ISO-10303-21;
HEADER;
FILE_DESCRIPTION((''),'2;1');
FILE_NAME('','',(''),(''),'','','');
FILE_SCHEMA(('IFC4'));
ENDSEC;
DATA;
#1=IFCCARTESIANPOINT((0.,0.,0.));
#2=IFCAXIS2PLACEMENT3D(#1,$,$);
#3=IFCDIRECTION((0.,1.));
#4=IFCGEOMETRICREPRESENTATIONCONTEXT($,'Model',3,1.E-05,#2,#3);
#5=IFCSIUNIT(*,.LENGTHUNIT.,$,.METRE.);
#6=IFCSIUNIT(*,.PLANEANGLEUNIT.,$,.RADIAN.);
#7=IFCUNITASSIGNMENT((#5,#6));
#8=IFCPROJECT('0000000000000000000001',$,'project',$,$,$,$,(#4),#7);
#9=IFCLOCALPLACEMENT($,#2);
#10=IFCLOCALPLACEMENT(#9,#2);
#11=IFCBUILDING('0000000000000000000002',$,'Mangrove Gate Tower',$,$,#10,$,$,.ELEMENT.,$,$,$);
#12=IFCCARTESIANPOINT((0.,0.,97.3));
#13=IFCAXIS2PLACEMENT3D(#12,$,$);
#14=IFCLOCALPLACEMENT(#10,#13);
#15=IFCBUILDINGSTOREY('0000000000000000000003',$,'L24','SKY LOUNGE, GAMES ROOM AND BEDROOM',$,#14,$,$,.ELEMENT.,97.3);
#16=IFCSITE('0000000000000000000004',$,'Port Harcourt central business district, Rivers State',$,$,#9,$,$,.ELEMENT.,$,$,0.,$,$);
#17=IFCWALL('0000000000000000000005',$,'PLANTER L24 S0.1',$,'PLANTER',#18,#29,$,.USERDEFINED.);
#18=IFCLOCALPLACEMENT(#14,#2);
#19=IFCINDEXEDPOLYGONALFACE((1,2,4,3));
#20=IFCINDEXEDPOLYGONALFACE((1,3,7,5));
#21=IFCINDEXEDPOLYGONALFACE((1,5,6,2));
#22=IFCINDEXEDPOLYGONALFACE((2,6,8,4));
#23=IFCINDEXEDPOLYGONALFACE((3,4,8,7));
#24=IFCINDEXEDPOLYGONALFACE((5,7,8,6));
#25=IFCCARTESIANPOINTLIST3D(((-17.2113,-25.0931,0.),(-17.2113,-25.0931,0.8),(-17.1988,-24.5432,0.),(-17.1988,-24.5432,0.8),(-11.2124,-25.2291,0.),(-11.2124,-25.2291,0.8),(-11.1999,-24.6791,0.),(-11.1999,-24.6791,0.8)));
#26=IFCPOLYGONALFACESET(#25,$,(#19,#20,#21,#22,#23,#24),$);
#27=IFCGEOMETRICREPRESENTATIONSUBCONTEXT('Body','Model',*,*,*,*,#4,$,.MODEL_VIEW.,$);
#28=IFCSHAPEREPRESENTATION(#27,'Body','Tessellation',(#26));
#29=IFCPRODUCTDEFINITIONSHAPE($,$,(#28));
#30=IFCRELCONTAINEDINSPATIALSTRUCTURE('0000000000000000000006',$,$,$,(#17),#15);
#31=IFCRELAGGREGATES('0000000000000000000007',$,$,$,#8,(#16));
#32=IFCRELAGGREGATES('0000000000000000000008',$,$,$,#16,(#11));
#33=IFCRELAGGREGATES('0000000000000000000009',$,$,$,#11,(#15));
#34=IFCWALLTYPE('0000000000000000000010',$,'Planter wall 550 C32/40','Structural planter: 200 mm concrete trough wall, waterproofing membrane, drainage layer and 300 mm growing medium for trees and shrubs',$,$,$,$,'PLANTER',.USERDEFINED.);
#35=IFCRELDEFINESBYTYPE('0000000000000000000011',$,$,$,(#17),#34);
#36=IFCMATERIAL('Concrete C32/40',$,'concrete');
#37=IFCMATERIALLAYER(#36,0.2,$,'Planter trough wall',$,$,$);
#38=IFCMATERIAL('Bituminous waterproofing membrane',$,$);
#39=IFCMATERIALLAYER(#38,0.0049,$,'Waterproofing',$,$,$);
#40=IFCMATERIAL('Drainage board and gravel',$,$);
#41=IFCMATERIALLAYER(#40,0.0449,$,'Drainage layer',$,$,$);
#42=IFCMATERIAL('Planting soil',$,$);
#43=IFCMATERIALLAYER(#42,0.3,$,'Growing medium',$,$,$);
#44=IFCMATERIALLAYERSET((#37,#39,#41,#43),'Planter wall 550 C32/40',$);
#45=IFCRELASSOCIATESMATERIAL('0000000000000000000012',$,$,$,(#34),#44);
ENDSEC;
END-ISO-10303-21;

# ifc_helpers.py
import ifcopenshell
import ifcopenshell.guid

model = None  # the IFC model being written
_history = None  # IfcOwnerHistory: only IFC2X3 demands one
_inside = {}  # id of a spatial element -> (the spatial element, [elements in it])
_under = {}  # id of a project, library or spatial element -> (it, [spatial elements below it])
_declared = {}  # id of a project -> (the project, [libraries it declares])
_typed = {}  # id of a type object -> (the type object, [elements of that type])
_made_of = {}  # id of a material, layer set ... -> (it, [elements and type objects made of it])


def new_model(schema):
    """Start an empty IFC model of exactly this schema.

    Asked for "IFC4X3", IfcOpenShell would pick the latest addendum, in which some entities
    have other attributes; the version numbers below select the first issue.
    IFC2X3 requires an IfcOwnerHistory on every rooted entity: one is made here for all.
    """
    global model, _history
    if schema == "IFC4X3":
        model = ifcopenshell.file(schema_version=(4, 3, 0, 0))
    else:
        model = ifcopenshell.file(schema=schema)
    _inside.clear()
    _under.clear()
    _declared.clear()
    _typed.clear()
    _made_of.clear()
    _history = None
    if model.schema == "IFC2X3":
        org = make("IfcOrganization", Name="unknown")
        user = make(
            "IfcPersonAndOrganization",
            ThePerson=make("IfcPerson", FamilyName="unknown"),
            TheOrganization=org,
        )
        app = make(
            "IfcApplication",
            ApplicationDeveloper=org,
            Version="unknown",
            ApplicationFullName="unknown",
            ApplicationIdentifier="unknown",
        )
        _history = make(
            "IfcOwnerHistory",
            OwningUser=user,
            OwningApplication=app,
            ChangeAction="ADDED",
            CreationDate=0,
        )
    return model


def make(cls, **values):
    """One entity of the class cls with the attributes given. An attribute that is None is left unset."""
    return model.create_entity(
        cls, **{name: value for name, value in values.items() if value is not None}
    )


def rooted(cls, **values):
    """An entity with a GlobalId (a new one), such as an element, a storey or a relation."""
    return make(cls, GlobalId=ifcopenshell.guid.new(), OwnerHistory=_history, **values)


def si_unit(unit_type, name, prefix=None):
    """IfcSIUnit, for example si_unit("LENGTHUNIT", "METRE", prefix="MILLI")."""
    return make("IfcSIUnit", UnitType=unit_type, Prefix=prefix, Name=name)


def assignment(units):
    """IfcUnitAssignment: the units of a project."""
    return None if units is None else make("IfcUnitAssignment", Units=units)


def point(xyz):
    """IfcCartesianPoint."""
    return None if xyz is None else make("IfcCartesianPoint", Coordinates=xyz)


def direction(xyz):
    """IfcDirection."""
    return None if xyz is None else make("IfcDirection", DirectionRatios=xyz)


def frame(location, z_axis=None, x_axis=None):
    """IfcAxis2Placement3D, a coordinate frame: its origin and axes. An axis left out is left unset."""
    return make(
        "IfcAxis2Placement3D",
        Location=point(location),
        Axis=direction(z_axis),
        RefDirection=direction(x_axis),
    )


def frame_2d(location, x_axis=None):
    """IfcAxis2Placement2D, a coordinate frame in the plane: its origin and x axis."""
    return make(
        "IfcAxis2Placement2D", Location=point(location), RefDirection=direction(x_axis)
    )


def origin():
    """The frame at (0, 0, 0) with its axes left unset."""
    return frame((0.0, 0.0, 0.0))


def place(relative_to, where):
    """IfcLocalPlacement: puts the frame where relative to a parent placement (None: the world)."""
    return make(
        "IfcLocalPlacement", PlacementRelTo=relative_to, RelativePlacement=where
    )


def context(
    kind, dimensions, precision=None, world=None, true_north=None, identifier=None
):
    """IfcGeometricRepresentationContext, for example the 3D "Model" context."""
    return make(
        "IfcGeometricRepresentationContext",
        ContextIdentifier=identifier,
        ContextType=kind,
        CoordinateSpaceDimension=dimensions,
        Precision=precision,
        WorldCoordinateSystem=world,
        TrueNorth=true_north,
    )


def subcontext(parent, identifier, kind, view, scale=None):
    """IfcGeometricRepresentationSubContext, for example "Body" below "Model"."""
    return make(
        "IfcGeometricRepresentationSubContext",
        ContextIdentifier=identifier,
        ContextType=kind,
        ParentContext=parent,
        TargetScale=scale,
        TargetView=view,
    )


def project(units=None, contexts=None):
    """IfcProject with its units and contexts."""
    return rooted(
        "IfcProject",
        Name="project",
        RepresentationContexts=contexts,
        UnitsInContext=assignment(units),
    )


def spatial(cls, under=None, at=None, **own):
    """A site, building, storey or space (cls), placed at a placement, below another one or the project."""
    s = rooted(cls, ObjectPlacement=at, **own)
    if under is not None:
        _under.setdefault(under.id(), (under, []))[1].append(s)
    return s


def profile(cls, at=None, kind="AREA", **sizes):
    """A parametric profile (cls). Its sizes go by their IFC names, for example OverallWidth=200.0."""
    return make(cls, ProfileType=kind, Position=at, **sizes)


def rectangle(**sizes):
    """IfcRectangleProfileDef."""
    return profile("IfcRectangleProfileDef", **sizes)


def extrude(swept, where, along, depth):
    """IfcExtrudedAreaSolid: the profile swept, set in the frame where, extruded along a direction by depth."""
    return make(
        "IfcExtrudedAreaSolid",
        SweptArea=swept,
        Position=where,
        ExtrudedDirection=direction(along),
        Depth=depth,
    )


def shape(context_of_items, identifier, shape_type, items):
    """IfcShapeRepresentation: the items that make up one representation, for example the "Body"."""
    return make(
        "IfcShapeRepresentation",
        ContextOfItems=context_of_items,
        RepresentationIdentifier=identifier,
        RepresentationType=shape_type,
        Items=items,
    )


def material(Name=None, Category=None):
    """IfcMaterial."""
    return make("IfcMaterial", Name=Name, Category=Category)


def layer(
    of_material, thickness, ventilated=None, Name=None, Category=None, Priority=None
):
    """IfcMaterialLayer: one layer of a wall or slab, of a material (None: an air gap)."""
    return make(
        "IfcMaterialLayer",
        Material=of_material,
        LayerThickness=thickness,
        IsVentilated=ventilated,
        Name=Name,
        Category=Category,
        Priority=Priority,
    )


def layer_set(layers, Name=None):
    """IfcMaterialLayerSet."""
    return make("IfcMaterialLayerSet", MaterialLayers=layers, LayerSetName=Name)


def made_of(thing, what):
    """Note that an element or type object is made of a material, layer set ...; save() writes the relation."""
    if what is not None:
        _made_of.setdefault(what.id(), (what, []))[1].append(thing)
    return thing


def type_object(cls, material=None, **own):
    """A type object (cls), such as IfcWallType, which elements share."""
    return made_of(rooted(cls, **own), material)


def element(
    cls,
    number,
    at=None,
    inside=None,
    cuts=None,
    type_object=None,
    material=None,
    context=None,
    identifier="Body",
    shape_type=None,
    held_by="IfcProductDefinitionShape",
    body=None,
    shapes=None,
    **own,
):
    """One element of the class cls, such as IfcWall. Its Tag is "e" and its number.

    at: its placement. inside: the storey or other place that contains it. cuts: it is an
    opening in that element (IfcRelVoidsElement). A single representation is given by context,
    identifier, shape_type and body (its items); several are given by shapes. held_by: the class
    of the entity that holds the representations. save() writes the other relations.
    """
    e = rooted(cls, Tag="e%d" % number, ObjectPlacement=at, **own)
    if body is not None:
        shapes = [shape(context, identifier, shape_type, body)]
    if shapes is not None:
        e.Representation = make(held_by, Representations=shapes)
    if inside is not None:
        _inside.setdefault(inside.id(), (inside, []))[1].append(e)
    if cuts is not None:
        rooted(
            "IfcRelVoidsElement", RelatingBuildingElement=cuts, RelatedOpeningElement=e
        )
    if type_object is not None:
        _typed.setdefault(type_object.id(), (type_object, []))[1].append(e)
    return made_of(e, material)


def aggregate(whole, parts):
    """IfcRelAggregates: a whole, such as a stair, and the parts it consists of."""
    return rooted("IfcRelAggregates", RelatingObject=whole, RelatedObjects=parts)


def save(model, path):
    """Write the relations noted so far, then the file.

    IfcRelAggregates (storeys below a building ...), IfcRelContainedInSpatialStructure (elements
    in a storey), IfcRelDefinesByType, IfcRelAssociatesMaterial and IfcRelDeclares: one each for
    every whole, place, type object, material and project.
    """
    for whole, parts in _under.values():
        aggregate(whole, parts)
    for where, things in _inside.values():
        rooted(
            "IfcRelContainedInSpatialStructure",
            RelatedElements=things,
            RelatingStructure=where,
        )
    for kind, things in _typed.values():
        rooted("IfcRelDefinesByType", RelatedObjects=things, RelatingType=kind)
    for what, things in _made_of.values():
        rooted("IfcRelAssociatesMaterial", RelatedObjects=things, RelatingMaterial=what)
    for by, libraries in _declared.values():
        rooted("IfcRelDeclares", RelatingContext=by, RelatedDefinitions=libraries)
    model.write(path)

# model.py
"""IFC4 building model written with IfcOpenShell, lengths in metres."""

from ifc_helpers import new_model, si_unit, direction, frame, frame_2d, origin, place, context, subcontext, project, spatial, rectangle, extrude, material, layer, layer_set, type_object, element, save


model = new_model("IFC4")

# Units and contexts
model_context = context("Model", 3, precision=1e-05, world=origin(), true_north=direction((0.0, 1.0)))
body_context = subcontext(model_context, "Body", "Model", "MODEL_VIEW")
ifc_project = project(units=[si_unit("LENGTHUNIT", "METRE"), si_unit("PLANEANGLEUNIT", "RADIAN")], contexts=[model_context])

# Site, building, storey
site_placement = place(None, origin())
site = spatial("IfcSite", under=ifc_project, at=site_placement, Name="Port Harcourt central business district, Rivers State", CompositionType="ELEMENT", RefElevation=0.0)
building_placement = place(site_placement, origin())
building = spatial("IfcBuilding", under=site, at=building_placement, Name="Mangrove Gate Tower", CompositionType="ELEMENT")
storey_placement = place(building_placement, frame((0.0, 0.0, 97.3)))
storey = spatial("IfcBuildingStorey", under=building, at=storey_placement, Name="L24", Description="SKY LOUNGE, GAMES ROOM AND BEDROOM", CompositionType="ELEMENT", Elevation=97.3)

# Wall
ifc_material_1 = material(Name="Concrete C32/40", Category="concrete")
ifc_layer_1 = layer(ifc_material_1, 0.2, Name="Planter trough wall")
ifc_material_2 = material(Name="Bituminous waterproofing membrane")
ifc_layer_2 = layer(ifc_material_2, 0.0049, Name="Waterproofing")
ifc_material_3 = material(Name="Drainage board and gravel")
ifc_layer_3 = layer(ifc_material_3, 0.0449, Name="Drainage layer")
ifc_material_4 = material(Name="Planting soil")
ifc_layer_4 = layer(ifc_material_4, 0.3, Name="Growing medium")
ifc_layer_set_1 = layer_set([ifc_layer_1, ifc_layer_2, ifc_layer_3, ifc_layer_4], Name="Planter wall 550 C32/40")
wall_type_1 = type_object("IfcWallType", Name="Planter wall 550 C32/40", Description="Structural planter: 200 mm concrete trough wall, waterproofing membrane, drainage layer and 300 mm growing medium for trees and shrubs", ElementType="PLANTER", PredefinedType="USERDEFINED", material=ifc_layer_set_1)
wall_1_placement = place(storey_placement, frame((-17.2051, -24.8181, 0.0), z_axis=(0.0, 0.0, 1.0), x_axis=(0.999743, -0.022662, 0.0)))
element("IfcWall", 1, at=wall_1_placement, inside=storey, type_object=wall_type_1, Name="PLANTER L24 S0.1", ObjectType="PLANTER", PredefinedType="USERDEFINED", context=body_context, shape_type="SweptSolid", body=[
    extrude(rectangle(XDim=6.0005, YDim=0.55, at=frame_2d((3.0002, 0.0))), origin(), (0.0, 0.0, 1.0), 0.8),
])

save(model, "model.ifc")
